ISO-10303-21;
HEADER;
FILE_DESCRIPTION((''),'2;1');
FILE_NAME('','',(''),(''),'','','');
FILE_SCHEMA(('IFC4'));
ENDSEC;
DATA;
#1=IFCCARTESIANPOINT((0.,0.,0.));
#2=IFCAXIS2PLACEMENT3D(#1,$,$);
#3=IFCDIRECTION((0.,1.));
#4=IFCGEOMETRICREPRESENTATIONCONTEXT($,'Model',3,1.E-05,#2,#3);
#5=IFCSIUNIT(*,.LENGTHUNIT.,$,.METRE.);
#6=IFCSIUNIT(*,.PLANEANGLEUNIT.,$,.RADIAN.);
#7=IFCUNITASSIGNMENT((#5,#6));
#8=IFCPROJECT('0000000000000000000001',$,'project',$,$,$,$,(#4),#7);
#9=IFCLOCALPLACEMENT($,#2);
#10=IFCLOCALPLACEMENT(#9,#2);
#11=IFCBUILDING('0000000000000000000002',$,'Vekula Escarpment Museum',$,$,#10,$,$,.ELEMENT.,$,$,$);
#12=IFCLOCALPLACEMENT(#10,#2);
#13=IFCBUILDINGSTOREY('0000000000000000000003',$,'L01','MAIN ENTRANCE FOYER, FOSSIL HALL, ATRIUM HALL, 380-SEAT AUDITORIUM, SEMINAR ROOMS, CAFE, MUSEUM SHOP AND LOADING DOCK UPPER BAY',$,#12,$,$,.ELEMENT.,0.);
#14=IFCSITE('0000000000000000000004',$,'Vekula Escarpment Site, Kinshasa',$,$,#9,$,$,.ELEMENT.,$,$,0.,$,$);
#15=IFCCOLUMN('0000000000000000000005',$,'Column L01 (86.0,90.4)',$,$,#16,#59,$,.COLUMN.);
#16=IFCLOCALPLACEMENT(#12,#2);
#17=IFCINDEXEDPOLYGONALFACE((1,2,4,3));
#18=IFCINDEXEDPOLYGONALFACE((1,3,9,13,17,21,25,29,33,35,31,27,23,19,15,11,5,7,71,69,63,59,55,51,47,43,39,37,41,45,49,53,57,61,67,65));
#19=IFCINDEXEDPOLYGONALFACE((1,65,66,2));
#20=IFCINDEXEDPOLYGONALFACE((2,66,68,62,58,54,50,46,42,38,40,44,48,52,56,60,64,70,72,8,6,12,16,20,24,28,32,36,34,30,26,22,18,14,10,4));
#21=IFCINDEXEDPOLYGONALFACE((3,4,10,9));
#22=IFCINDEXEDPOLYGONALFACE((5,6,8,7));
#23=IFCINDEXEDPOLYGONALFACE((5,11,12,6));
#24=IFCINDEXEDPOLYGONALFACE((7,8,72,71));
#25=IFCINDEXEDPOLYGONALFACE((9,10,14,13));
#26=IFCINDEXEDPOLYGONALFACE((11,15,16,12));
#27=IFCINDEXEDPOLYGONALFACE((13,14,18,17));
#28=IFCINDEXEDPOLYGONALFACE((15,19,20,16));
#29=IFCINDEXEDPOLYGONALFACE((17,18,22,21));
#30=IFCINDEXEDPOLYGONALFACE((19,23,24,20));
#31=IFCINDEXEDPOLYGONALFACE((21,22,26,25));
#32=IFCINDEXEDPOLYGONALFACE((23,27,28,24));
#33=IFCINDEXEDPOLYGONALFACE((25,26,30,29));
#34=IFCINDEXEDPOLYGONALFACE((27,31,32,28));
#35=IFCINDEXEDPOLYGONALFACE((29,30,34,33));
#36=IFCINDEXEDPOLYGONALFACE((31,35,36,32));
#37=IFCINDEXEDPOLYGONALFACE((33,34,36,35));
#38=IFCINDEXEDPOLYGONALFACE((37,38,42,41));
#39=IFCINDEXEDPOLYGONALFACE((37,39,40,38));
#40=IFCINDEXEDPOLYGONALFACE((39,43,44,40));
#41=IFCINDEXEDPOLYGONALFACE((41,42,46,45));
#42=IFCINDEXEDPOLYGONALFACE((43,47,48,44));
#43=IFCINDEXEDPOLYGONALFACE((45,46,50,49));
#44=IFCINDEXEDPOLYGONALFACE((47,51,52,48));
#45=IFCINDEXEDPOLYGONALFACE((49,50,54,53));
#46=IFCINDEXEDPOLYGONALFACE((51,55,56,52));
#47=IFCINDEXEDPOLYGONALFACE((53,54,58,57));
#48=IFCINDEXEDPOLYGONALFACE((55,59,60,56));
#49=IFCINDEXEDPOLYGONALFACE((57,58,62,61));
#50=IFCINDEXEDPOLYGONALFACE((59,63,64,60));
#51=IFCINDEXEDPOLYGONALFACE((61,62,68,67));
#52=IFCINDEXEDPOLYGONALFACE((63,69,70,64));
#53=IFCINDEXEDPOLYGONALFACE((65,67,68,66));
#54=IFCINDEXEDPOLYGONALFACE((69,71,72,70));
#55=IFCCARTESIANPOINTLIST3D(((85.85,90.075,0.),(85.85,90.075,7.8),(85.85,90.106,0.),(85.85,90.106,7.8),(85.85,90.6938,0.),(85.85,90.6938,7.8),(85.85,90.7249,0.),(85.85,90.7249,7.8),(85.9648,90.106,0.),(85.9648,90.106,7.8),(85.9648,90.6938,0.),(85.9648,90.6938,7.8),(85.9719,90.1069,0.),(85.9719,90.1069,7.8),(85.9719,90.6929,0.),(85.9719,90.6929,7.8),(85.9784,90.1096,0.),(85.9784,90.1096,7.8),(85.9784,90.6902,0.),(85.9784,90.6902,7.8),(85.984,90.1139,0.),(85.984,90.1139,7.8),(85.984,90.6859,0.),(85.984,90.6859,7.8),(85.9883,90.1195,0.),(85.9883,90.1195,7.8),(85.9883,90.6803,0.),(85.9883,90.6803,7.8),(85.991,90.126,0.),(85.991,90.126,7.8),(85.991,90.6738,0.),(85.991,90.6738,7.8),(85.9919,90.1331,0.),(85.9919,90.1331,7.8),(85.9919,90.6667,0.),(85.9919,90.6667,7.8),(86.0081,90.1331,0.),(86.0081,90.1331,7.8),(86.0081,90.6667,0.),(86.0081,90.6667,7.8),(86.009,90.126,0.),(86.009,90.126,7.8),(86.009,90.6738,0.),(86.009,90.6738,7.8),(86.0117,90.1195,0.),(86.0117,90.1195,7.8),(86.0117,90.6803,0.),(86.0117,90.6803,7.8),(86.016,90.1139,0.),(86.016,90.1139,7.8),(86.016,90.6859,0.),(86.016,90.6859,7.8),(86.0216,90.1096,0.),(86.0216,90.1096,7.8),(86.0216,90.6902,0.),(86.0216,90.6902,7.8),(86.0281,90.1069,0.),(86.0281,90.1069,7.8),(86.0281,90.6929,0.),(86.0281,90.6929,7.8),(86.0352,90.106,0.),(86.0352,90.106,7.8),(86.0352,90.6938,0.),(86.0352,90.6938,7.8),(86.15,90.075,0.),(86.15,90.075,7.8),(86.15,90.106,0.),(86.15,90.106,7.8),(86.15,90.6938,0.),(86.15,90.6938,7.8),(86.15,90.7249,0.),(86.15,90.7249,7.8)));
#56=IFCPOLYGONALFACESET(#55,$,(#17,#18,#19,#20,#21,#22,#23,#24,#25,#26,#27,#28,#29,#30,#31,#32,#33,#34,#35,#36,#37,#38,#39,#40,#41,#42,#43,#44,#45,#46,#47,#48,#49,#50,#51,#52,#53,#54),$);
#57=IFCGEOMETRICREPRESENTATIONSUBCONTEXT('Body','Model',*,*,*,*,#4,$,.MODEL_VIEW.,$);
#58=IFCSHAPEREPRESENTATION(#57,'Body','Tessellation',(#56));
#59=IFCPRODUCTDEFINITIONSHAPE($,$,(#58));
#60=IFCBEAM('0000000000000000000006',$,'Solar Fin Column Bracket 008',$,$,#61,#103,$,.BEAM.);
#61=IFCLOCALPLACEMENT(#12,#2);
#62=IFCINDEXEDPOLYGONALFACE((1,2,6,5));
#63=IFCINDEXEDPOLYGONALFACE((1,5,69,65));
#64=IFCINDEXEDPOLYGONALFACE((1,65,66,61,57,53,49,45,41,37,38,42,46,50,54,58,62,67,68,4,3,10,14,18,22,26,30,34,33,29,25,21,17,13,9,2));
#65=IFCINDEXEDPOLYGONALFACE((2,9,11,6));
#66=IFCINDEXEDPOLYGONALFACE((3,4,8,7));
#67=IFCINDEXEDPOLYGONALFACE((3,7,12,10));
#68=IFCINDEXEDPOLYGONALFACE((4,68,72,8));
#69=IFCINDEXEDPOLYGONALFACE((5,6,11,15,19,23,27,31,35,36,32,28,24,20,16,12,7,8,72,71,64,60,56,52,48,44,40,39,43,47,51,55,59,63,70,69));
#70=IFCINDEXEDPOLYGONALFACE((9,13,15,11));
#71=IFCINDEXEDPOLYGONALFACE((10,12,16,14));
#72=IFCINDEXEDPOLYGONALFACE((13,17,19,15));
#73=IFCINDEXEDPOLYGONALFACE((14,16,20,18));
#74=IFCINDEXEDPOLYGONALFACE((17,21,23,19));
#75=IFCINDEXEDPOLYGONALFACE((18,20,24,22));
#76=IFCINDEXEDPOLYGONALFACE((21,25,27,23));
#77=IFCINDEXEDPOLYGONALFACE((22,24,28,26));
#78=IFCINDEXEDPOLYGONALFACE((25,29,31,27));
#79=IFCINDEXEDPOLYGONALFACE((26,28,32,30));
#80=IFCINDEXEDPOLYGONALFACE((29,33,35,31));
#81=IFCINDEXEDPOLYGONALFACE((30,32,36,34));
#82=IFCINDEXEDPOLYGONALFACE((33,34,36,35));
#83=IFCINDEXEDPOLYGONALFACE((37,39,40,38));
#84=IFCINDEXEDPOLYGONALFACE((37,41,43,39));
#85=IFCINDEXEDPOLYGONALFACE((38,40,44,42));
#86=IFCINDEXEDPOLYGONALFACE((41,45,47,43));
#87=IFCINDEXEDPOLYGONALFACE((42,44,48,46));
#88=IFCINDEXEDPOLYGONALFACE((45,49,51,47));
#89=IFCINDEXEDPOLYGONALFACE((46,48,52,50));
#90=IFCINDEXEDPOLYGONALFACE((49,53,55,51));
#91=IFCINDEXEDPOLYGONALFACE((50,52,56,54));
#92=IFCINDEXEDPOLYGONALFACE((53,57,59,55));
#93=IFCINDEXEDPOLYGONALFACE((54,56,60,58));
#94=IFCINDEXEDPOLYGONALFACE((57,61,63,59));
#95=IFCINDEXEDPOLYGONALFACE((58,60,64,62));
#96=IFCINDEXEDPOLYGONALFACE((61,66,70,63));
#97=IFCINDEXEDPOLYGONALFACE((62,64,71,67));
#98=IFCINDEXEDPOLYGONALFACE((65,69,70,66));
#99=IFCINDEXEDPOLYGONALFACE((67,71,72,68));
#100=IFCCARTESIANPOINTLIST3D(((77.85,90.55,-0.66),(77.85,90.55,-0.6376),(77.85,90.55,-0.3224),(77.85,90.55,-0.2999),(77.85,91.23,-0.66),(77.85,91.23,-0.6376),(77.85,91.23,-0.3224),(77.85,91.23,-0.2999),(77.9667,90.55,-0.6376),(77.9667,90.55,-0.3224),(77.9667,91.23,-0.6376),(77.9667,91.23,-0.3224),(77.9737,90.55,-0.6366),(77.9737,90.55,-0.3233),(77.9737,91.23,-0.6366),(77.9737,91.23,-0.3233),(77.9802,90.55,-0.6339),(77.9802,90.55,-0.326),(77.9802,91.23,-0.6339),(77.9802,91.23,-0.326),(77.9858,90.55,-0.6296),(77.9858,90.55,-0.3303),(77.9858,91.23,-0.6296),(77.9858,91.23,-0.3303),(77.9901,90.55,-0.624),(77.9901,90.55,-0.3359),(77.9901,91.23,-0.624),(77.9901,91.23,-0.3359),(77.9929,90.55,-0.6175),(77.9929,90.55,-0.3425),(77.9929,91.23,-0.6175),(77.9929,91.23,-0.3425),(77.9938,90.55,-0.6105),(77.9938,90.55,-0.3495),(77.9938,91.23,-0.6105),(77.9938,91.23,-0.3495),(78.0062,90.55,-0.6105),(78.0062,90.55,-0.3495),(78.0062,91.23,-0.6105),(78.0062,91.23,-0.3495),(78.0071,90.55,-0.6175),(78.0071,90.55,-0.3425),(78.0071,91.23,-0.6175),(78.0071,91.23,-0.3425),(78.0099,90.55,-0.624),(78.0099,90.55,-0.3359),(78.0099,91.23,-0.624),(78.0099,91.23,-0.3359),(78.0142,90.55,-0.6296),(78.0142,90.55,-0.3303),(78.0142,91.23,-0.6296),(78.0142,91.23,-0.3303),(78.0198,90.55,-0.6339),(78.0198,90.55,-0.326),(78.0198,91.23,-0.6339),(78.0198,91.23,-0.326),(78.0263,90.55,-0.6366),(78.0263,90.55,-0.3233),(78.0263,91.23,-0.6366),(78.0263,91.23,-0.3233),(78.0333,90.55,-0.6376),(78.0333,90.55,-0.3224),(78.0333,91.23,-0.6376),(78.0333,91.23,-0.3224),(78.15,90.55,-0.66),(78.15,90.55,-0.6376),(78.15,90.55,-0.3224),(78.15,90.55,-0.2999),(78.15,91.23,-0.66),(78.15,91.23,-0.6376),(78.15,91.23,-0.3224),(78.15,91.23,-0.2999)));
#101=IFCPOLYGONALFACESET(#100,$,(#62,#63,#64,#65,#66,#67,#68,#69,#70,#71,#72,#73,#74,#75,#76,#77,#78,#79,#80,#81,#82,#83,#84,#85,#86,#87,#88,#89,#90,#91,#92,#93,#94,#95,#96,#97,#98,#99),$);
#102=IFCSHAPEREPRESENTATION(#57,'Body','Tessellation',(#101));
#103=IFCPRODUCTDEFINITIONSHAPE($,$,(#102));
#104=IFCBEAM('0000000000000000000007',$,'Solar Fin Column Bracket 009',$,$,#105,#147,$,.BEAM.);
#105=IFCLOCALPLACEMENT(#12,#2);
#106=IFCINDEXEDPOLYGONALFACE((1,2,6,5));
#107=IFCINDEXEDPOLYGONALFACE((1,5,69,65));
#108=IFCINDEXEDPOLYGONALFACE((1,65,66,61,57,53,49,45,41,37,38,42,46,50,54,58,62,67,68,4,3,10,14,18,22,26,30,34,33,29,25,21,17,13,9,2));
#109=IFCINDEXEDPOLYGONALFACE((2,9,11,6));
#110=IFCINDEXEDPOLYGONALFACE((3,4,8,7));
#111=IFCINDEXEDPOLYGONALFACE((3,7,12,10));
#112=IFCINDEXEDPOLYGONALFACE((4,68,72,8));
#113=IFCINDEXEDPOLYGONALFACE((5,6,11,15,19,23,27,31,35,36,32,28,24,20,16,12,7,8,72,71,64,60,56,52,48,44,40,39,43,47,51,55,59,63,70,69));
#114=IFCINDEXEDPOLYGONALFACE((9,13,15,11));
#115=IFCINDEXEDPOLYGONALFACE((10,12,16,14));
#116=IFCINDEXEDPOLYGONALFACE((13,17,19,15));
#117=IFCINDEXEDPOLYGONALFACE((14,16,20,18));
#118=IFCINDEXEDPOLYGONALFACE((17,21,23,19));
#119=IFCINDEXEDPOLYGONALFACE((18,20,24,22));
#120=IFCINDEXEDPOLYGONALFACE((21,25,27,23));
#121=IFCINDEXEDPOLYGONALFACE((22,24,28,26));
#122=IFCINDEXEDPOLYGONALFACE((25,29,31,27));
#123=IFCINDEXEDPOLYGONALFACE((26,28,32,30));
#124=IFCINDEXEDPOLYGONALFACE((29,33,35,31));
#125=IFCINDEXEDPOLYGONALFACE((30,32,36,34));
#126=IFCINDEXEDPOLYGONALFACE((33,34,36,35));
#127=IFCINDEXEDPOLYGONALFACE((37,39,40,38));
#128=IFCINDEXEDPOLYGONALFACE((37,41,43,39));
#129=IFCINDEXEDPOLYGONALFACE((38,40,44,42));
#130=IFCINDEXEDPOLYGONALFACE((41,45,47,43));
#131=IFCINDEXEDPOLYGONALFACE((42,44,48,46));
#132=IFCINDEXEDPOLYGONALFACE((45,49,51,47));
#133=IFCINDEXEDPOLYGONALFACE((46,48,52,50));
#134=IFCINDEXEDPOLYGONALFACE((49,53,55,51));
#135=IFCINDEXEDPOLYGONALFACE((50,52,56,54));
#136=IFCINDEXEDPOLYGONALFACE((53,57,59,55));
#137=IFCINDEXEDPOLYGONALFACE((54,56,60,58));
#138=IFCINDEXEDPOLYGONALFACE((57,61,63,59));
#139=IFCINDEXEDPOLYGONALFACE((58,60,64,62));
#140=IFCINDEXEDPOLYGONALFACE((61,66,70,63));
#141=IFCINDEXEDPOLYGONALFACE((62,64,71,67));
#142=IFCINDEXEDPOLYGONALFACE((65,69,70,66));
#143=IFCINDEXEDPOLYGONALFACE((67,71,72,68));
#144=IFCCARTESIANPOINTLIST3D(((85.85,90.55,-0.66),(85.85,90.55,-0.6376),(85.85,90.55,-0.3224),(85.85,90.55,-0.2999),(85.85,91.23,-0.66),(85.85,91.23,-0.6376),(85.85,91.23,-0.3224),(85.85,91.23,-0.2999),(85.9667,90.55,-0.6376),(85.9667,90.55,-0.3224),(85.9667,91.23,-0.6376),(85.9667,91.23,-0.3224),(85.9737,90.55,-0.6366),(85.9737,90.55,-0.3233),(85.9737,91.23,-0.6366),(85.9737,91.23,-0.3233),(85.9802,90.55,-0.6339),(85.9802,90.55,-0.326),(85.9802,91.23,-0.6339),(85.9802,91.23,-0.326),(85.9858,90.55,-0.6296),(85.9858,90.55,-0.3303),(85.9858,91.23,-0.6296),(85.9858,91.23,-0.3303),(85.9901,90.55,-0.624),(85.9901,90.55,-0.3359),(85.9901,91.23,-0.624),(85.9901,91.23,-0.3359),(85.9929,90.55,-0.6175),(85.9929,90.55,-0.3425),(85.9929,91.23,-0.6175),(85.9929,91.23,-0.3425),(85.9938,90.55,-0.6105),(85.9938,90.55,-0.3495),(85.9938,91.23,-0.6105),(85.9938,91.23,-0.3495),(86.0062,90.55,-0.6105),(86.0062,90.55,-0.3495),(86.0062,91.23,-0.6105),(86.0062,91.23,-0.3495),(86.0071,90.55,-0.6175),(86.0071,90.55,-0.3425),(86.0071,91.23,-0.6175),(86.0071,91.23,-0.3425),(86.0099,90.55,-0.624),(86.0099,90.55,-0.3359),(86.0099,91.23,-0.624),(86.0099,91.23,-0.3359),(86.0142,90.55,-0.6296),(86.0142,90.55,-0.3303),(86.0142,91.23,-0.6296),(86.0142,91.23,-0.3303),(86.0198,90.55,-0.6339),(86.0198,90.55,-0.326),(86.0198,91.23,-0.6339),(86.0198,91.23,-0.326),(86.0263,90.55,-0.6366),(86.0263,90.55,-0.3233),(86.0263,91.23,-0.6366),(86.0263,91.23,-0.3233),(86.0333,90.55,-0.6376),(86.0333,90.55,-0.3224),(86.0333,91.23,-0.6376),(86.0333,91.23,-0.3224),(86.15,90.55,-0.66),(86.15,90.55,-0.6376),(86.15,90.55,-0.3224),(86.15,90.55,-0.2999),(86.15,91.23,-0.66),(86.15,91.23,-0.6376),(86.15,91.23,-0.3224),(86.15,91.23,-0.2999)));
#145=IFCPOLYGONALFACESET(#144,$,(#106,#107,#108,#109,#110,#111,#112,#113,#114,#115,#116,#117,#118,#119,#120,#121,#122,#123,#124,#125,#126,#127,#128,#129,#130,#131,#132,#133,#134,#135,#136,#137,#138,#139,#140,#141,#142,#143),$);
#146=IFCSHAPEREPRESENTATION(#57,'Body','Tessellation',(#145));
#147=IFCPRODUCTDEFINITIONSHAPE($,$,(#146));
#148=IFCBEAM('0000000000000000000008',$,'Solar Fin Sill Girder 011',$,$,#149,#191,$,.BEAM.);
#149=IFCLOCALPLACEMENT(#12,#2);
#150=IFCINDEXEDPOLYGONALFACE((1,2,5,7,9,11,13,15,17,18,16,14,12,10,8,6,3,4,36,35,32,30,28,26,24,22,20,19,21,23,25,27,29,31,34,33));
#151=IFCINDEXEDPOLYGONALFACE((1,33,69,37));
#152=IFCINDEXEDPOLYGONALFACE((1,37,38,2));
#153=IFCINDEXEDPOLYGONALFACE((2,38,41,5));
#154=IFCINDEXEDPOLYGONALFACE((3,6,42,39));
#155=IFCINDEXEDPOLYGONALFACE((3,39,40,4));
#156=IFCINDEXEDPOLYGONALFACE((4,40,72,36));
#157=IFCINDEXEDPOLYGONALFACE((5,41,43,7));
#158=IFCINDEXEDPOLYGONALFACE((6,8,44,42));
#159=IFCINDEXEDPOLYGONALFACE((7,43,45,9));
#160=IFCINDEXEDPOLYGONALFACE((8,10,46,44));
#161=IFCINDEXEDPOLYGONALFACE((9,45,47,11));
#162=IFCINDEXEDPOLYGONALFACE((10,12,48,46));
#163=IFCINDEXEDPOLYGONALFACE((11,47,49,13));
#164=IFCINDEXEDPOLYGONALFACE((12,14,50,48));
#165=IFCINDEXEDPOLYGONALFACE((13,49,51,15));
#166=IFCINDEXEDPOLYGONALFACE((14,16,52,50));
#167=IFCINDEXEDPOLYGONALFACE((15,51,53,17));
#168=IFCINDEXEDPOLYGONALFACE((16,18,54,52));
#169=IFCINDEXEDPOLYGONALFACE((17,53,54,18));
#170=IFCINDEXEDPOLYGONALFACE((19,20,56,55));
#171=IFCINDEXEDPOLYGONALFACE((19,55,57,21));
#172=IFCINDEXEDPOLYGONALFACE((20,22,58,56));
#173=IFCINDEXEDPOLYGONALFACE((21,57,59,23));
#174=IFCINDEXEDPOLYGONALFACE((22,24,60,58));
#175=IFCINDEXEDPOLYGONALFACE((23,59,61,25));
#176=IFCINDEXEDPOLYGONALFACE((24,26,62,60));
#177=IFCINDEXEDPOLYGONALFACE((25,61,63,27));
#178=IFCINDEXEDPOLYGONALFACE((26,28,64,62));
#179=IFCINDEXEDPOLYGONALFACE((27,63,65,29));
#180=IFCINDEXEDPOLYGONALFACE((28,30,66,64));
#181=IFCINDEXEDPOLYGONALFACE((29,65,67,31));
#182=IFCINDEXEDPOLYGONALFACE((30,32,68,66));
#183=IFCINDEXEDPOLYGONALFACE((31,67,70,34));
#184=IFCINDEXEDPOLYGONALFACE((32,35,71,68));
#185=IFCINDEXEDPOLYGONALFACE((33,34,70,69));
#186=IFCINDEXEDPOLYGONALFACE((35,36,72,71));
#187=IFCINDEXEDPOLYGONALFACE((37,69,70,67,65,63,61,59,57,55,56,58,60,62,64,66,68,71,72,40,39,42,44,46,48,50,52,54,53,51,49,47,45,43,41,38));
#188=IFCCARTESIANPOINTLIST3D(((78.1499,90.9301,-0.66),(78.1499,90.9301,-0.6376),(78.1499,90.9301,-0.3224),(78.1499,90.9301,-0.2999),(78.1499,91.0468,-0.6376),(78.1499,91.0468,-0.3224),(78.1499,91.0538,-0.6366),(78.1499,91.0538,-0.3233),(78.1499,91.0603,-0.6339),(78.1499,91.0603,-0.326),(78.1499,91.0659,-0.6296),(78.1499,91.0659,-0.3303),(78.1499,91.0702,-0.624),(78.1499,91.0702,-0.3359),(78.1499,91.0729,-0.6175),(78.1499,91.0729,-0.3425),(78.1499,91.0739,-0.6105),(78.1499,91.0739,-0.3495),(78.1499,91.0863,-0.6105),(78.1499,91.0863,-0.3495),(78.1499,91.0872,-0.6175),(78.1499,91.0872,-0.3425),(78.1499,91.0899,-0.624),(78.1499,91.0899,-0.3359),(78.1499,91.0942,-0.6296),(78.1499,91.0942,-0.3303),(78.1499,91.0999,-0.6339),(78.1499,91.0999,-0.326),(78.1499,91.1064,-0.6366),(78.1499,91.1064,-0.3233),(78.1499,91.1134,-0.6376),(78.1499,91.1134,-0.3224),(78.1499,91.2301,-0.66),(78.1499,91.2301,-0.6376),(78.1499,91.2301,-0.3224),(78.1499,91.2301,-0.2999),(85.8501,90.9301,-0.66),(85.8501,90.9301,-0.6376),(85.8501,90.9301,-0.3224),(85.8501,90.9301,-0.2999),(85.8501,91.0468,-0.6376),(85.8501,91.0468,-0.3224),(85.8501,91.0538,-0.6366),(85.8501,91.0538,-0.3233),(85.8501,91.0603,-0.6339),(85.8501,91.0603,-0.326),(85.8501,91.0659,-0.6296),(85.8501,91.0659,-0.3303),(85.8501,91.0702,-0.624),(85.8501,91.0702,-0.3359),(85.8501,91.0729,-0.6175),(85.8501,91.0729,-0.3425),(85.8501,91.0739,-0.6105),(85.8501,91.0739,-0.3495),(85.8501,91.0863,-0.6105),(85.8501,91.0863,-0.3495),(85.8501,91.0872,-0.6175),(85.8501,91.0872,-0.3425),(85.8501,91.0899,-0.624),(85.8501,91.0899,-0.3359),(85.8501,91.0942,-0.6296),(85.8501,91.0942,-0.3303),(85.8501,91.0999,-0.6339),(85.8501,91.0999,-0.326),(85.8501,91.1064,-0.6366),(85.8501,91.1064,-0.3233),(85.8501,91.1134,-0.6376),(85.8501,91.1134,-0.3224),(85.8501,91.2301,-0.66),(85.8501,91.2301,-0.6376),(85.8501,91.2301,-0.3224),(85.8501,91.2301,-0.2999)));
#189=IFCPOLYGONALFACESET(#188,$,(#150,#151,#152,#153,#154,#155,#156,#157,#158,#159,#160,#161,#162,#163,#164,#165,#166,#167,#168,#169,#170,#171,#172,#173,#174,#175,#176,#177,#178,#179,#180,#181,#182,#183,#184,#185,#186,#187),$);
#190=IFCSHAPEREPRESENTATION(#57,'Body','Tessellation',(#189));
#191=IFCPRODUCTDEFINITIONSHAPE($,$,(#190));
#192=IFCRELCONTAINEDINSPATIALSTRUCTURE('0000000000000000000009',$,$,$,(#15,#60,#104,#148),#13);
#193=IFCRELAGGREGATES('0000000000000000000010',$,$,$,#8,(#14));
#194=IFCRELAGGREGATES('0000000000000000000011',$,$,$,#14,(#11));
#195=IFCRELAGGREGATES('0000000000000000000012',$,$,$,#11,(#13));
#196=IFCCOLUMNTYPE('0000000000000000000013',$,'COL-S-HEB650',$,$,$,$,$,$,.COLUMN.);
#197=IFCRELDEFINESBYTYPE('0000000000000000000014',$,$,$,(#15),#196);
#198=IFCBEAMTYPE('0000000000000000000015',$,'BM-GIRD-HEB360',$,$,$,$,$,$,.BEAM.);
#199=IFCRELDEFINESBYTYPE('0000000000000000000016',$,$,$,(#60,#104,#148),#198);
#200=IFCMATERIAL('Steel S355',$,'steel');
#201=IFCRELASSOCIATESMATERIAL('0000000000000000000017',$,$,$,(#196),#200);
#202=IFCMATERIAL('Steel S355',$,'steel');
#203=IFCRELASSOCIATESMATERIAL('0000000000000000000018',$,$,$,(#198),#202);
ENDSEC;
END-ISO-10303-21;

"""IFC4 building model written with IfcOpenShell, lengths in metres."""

from ifc_helpers import new_model, si_unit, direction, frame, origin, origin_2d, place, context, subcontext, project, spatial, i_section, extrude, material, material_profile, profile_set, type_object, element, save


model = new_model("IFC4")

# Units and contexts
model_context = context("Model", 3, precision=1e-05, world=origin(), true_north=direction((0.0, 1.0)))
body_context = subcontext(model_context, "Body", "Model", "MODEL_VIEW")
ifc_project = project(units=[si_unit("LENGTHUNIT", "METRE"), si_unit("PLANEANGLEUNIT", "RADIAN")], contexts=[model_context])

# Site, building, storey
site_placement = place(None, origin())
site = spatial("IfcSite", under=ifc_project, at=site_placement, Name="Vekula Escarpment Site, Kinshasa", CompositionType="ELEMENT", RefElevation=0.0)
building_placement = place(site_placement, origin())
building = spatial("IfcBuilding", under=site, at=building_placement, Name="Vekula Escarpment Museum", CompositionType="ELEMENT")
storey_placement = place(building_placement, origin())
storey = spatial("IfcBuildingStorey", under=building, at=storey_placement, Name="L01", Description="MAIN ENTRANCE FOYER, FOSSIL HALL, ATRIUM HALL, 380-SEAT AUDITORIUM, SEMINAR ROOMS, CAFE, MUSEUM SHOP AND LOADING DOCK UPPER BAY", CompositionType="ELEMENT", Elevation=0.0)

# Column
ifc_material_1 = material(Name="Steel S355", Category="steel")
ifc_material_profile_1 = material_profile(ifc_material_1, i_section(OverallWidth=0.3, OverallDepth=0.6499, WebThickness=0.0161, FlangeThickness=0.031, FilletRadius=0.0271, at=origin_2d()), Name="HEB 650")
ifc_profile_set_1 = profile_set([ifc_material_profile_1], Name="Steel S355")
column_type = type_object("IfcColumnType", Name="COL-S-HEB650", PredefinedType="COLUMN", material=ifc_profile_set_1)
column_placement = place(storey_placement, frame((86.0, 90.3999, 0.0), z_axis=(0.0, 0.0, 1.0), x_axis=(1.0, 0.0, 0.0)))
element("IfcColumn", 1, at=column_placement, inside=storey, type_object=column_type, Name="Column L01 (86.0,90.4)", PredefinedType="COLUMN", context=body_context, shape_type="SweptSolid", body=[
    extrude(i_section(OverallWidth=0.3, OverallDepth=0.6499, WebThickness=0.0161, FlangeThickness=0.031, FilletRadius=0.0271, at=origin_2d()), origin(), (0.0, 0.0, 1.0), 7.8),
])

# Beams
ifc_material_2 = material(Name="Steel S355", Category="steel")
ifc_material_profile_2 = material_profile(ifc_material_2, i_section(OverallWidth=0.3, OverallDepth=0.3601, WebThickness=0.0125, FlangeThickness=0.0225, FilletRadius=0.0271, at=origin_2d()), Name="HEB 360")
ifc_profile_set_2 = profile_set([ifc_material_profile_2], Name="Steel S355")
beam_type_1 = type_object("IfcBeamType", Name="BM-GIRD-HEB360", PredefinedType="BEAM", material=ifc_profile_set_2)
for number, where, z_axis, x_axis, name in (
    (2, (78.0, 90.55, -0.48), (0.0, 1.0, 0.0), (-1.0, 0.0, 0.0), "Solar Fin Column Bracket 008"),
    (3, (86.0, 90.55, -0.48), (0.0, 1.0, 0.0), (-1.0, 0.0, 0.0), "Solar Fin Column Bracket 009"),
):
    element("IfcBeam", number, at=place(storey_placement, frame(where, z_axis=z_axis, x_axis=x_axis)), inside=storey, type_object=beam_type_1, Name=name, PredefinedType="BEAM", context=body_context, shape_type="SweptSolid", body=[
        extrude(i_section(OverallWidth=0.3, OverallDepth=0.3601, WebThickness=0.0125, FlangeThickness=0.0225, FilletRadius=0.0271, at=origin_2d()), origin(), (0.0, 0.0, 1.0), 0.6799),
    ])
for number, where, z_axis, x_axis, name in (
    (4, (78.1499, 91.0801, -0.48), (1.0, 0.0, 0.0), (0.0, 1.0, 0.0), "Solar Fin Sill Girder 011"),
):
    element("IfcBeam", number, at=place(storey_placement, frame(where, z_axis=z_axis, x_axis=x_axis)), inside=storey, type_object=beam_type_1, Name=name, PredefinedType="BEAM", context=body_context, shape_type="SweptSolid", body=[
        extrude(i_section(OverallWidth=0.3, OverallDepth=0.3601, WebThickness=0.0125, FlangeThickness=0.0225, FilletRadius=0.0271, at=origin_2d()), origin(), (0.0, 0.0, 1.0), 7.7002),
    ])

save(model, "model.ifc")
